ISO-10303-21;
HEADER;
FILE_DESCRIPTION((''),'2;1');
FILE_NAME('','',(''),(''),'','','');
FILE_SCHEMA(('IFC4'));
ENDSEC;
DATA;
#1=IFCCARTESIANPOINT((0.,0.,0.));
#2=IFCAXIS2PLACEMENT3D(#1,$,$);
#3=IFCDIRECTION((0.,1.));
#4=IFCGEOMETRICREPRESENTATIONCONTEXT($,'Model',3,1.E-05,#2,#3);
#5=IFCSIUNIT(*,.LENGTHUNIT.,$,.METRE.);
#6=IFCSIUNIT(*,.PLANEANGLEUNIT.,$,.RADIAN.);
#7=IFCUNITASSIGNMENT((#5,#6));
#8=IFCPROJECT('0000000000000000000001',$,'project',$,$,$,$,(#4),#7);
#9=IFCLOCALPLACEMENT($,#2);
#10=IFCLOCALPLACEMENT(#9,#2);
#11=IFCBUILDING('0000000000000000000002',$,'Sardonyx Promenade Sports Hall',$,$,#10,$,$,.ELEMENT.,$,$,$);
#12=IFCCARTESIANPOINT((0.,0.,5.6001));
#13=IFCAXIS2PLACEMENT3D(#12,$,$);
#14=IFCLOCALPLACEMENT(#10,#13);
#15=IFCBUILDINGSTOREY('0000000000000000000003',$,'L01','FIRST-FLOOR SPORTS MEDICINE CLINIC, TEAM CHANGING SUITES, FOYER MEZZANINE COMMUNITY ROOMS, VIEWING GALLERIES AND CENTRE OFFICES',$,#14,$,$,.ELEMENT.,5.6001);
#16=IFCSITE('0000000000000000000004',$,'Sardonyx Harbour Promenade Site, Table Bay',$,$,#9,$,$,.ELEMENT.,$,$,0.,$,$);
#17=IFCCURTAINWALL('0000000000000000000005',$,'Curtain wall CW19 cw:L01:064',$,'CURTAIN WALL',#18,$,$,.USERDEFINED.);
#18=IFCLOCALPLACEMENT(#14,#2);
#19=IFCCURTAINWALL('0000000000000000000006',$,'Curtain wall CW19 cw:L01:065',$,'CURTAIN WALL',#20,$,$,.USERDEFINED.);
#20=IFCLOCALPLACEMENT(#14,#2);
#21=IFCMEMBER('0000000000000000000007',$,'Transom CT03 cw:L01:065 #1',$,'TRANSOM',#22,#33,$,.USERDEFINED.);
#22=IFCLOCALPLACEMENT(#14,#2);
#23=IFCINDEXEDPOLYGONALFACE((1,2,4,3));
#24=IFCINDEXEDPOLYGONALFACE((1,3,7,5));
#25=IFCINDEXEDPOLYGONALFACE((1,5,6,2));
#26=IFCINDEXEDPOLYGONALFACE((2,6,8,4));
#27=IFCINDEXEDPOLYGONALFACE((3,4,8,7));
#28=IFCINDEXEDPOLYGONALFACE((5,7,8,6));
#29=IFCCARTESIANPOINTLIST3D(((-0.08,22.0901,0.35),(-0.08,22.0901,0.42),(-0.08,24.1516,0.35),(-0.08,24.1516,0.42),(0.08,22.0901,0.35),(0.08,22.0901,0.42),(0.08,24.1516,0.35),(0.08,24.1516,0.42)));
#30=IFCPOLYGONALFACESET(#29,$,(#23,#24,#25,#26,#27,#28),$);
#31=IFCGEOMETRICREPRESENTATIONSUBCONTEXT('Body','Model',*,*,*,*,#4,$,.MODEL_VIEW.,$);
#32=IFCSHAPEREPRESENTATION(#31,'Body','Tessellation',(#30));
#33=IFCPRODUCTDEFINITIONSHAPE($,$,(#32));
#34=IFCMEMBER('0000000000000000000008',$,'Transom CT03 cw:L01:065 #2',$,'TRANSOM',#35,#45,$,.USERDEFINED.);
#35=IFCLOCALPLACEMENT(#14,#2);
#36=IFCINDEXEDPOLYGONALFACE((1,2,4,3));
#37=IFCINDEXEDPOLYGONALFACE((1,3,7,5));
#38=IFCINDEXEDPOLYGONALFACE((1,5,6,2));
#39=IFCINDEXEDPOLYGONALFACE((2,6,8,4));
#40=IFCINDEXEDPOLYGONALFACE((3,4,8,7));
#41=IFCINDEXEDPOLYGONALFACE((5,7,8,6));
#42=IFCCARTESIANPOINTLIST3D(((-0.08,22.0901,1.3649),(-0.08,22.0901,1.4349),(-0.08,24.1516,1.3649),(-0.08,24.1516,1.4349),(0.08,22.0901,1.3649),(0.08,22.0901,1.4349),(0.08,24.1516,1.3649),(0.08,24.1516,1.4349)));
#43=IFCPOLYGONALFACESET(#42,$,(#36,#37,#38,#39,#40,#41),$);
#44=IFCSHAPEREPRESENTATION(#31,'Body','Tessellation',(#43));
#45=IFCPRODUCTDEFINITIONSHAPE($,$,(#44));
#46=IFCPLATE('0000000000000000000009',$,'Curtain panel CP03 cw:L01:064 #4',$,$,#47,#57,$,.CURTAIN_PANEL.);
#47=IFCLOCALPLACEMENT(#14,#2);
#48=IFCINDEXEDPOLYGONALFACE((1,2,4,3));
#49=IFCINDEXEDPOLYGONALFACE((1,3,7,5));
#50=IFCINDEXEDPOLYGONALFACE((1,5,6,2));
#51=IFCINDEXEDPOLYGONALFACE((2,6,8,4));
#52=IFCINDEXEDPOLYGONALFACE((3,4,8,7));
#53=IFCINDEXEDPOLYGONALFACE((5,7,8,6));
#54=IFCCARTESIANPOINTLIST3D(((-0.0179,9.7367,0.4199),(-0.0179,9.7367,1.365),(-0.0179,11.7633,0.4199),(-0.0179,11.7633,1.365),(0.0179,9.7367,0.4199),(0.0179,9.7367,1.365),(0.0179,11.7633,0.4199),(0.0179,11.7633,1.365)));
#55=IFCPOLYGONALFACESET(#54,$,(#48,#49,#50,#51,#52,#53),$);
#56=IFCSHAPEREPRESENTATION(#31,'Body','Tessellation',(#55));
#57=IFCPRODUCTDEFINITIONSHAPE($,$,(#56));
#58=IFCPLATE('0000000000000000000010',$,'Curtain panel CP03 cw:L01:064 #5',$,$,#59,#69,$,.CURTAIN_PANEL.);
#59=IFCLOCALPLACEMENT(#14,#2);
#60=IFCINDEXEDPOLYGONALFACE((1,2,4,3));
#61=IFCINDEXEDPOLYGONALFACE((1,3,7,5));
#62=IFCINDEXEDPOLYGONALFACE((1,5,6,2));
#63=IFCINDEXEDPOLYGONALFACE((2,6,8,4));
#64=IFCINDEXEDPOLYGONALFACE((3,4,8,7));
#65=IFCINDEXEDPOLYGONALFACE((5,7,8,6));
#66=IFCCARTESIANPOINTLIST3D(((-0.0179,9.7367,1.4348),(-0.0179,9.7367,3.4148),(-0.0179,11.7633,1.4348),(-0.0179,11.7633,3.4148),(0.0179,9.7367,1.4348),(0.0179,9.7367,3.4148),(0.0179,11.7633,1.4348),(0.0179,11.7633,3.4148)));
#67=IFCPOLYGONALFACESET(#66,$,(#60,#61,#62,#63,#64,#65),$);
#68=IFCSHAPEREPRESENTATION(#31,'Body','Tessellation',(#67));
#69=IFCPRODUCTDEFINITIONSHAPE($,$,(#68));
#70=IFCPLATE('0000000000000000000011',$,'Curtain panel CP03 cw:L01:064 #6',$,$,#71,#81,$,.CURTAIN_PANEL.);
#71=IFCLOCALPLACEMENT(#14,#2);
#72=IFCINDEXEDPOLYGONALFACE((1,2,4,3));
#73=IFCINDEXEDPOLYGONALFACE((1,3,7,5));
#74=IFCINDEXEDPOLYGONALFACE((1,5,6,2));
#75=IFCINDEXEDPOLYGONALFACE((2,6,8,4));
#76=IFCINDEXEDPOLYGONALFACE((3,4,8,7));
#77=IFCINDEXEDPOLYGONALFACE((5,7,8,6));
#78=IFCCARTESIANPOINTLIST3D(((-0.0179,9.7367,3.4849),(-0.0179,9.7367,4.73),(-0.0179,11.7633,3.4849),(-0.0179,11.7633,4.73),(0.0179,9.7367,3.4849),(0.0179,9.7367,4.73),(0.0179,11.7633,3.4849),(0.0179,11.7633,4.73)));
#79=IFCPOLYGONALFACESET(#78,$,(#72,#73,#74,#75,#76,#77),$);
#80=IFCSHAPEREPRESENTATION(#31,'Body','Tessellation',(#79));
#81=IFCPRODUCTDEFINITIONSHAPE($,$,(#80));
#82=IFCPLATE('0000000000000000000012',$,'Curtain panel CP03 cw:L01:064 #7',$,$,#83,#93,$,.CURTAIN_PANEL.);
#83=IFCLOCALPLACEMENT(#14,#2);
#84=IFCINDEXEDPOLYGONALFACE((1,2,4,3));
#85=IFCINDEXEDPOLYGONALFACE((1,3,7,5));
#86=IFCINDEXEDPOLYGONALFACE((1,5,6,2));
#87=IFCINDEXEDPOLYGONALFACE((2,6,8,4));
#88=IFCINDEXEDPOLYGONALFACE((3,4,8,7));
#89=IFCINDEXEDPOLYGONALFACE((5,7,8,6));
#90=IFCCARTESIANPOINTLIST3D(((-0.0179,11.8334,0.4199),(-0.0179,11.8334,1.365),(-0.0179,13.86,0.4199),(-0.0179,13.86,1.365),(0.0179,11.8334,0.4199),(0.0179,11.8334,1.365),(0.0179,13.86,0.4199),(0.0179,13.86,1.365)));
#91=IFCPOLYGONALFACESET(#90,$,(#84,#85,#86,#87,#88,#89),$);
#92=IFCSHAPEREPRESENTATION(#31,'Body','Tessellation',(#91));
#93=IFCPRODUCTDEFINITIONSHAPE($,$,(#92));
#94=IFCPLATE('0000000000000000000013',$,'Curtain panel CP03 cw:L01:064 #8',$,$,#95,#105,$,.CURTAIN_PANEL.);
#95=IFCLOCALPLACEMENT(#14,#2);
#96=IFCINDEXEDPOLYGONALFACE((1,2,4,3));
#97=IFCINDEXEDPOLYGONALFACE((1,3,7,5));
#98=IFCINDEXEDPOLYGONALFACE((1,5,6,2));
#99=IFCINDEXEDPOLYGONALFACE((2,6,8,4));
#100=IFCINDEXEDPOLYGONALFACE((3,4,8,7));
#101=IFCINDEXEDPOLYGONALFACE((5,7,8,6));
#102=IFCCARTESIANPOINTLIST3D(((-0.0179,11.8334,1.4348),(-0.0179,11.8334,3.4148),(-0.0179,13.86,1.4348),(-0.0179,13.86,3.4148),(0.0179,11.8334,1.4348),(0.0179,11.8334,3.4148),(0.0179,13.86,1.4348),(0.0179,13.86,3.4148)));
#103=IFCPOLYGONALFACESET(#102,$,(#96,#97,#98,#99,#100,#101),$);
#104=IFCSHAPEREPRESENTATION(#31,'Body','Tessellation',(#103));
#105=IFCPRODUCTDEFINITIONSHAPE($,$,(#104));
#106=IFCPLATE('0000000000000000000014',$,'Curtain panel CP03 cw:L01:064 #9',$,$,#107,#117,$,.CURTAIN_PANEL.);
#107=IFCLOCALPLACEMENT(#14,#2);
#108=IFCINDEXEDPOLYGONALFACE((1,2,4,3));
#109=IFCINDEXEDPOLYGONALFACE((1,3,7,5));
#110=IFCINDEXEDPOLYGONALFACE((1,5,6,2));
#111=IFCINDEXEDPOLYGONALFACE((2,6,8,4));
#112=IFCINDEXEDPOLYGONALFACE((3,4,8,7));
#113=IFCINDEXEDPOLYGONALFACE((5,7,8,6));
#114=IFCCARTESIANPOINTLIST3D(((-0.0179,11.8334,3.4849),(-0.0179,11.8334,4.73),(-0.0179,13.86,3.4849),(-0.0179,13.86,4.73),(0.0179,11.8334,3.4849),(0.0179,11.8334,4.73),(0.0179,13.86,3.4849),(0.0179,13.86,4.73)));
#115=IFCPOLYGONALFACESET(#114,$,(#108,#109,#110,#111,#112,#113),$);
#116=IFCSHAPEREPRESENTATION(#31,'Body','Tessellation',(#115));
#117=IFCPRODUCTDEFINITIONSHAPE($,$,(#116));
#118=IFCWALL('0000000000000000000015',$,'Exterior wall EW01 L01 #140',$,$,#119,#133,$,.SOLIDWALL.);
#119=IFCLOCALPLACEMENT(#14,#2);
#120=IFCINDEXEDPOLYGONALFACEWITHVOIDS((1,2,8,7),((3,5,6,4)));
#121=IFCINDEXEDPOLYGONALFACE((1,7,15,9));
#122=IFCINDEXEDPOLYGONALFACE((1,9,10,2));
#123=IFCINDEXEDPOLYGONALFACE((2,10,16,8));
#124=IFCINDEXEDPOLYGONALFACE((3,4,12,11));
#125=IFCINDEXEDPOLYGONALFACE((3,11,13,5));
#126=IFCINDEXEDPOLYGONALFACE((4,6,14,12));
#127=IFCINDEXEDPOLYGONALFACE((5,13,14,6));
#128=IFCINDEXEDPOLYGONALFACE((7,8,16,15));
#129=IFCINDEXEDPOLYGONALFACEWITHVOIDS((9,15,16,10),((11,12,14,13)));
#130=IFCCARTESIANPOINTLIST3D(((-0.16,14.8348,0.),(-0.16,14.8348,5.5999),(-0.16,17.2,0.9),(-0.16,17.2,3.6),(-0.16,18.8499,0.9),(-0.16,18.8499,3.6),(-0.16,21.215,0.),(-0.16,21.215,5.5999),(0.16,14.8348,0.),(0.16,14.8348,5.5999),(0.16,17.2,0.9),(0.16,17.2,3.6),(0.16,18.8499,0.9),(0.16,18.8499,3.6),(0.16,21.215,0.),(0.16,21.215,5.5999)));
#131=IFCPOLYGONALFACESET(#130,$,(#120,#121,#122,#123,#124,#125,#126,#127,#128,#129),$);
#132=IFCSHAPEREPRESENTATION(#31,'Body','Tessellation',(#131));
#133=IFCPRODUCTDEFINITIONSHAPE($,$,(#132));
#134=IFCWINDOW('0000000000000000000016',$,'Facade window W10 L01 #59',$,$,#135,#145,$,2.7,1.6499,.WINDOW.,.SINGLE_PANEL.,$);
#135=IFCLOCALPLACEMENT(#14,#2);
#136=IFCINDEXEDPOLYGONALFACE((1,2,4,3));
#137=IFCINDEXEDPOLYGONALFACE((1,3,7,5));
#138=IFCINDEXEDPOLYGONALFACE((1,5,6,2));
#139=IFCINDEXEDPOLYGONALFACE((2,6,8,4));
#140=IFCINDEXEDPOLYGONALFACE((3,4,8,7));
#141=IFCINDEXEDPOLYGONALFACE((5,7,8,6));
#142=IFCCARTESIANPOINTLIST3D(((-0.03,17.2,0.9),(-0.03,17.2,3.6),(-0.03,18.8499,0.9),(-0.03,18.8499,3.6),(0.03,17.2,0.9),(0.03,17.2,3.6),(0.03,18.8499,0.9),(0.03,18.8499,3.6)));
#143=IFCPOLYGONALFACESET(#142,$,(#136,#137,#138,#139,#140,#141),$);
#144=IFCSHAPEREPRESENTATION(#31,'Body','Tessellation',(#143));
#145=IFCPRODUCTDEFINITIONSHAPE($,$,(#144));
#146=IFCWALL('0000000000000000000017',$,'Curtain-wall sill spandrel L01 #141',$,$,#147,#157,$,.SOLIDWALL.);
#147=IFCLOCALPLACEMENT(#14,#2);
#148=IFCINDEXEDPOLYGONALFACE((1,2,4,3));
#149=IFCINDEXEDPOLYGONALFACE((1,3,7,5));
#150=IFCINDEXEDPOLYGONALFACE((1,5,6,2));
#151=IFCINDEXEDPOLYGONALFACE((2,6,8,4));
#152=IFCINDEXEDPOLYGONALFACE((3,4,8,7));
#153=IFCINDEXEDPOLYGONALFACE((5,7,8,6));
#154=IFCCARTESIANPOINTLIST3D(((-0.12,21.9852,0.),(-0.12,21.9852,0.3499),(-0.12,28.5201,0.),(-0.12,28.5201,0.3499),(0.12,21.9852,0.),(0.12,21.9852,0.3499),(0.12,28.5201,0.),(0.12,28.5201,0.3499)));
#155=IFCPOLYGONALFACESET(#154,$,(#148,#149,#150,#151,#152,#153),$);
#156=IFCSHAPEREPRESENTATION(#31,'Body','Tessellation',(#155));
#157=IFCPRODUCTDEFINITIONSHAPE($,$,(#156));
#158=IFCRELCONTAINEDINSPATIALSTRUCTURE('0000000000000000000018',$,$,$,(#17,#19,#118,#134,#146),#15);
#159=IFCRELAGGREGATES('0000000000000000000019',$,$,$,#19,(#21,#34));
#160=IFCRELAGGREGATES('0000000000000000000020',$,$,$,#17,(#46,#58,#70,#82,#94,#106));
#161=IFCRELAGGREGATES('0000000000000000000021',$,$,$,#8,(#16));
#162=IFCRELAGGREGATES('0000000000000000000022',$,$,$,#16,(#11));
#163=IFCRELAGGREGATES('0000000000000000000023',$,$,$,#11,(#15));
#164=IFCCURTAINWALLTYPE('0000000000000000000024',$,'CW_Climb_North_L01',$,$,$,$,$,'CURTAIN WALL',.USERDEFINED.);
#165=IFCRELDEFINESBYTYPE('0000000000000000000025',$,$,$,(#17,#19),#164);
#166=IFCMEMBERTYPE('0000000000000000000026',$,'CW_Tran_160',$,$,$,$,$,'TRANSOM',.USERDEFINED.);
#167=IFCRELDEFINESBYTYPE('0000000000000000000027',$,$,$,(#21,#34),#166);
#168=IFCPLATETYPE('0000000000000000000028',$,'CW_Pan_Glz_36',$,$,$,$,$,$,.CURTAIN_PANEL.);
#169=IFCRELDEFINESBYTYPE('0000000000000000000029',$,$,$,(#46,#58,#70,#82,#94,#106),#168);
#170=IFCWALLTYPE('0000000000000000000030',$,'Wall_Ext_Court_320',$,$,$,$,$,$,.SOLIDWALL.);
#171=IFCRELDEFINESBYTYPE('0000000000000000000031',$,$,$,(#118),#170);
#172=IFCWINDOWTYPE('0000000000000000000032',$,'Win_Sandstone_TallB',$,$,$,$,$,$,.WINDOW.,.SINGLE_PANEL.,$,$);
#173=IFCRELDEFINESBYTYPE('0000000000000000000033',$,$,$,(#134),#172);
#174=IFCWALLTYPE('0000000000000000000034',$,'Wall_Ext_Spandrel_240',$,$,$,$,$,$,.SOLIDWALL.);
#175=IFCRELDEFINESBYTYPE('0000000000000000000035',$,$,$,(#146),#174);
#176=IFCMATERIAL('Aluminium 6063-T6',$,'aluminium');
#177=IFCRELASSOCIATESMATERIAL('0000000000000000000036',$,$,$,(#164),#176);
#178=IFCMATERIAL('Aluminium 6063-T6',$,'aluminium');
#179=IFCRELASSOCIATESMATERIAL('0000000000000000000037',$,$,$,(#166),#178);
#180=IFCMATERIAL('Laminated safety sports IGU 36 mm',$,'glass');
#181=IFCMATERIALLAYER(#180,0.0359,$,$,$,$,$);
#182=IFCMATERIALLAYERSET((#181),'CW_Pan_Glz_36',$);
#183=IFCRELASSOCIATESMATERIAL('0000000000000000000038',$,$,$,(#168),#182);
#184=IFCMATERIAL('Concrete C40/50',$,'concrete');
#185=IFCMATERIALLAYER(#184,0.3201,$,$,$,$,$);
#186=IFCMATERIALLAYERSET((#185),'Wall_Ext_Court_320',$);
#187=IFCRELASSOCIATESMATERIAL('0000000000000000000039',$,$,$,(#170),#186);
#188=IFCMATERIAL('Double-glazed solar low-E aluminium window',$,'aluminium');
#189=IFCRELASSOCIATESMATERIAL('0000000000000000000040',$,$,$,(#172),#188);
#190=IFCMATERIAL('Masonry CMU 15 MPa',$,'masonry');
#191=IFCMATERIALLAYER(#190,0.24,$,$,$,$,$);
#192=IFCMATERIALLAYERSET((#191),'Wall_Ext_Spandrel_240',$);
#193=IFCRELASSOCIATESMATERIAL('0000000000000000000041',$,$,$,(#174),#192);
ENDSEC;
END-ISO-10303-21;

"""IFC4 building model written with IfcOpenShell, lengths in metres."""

from ifc_helpers import new_model, si_unit, direction, frame, frame_2d, origin, origin_2d, place, context, subcontext, project, spatial, rectangle, extrude, material, layer, layer_set, material_profile, profile_set, type_object, element, fill, aggregate, save


model = new_model("IFC4")

# Units and contexts
model_context = context("Model", 3, precision=1e-05, world=origin(), true_north=direction((0.0, 1.0)))
body_context = subcontext(model_context, "Body", "Model", "MODEL_VIEW")
ifc_project = project(units=[si_unit("LENGTHUNIT", "METRE"), si_unit("PLANEANGLEUNIT", "RADIAN")], contexts=[model_context])

# Site, building, storey
site_placement = place(None, origin())
site = spatial("IfcSite", under=ifc_project, at=site_placement, Name="Sardonyx Harbour Promenade Site, Table Bay", CompositionType="ELEMENT", RefElevation=0.0)
building_placement = place(site_placement, origin())
building = spatial("IfcBuilding", under=site, at=building_placement, Name="Sardonyx Promenade Sports Hall", CompositionType="ELEMENT")
storey_placement = place(building_placement, frame((0.0, 0.0, 5.6001)))
storey = spatial("IfcBuildingStorey", under=building, at=storey_placement, Name="L01", Description="FIRST-FLOOR SPORTS MEDICINE CLINIC, TEAM CHANGING SUITES, FOYER MEZZANINE COMMUNITY ROOMS, VIEWING GALLERIES AND CENTRE OFFICES", CompositionType="ELEMENT", Elevation=5.6001)

# Curtain wall
ifc_material_1 = material(Name="Aluminium 6063-T6", Category="aluminium")
curtain_wall_type = type_object("IfcCurtainWallType", Name="CW_Climb_North_L01", ElementType="CURTAIN WALL", PredefinedType="USERDEFINED", material=ifc_material_1)
curtain_wall_1_placement = place(storey_placement, origin())
curtain_wall_1 = element("IfcCurtainWall", 1, at=curtain_wall_1_placement, inside=storey, type_object=curtain_wall_type, Name="Curtain wall CW19 cw:L01:064", ObjectType="CURTAIN WALL", PredefinedType="USERDEFINED")

# Curtain wall
curtain_wall_2_placement = place(storey_placement, origin())
curtain_wall_2 = element("IfcCurtainWall", 2, at=curtain_wall_2_placement, inside=storey, type_object=curtain_wall_type, Name="Curtain wall CW19 cw:L01:065", ObjectType="CURTAIN WALL", PredefinedType="USERDEFINED")

# Members
ifc_material_2 = material(Name="Aluminium 6063-T6", Category="aluminium")
ifc_material_profile_1 = material_profile(ifc_material_2, rectangle(XDim=0.0701, YDim=0.1599, at=origin_2d()))
ifc_profile_set_1 = profile_set([ifc_material_profile_1], Name="Aluminium 6063-T6")
member_type_1 = type_object("IfcMemberType", Name="CW_Tran_160", ElementType="TRANSOM", PredefinedType="USERDEFINED", material=ifc_profile_set_1)
member_1_placement = place(storey_placement, frame((0.0, 22.0901, 0.385), z_axis=(0.0, 1.0, 0.0), x_axis=(0.0, 0.0, 1.0)))
member_1 = element("IfcMember", 3, at=member_1_placement, type_object=member_type_1, Name="Transom CT03 cw:L01:065 #1", ObjectType="TRANSOM", PredefinedType="USERDEFINED", context=body_context, shape_type="SweptSolid", body=[
    extrude(rectangle(XDim=0.0701, YDim=0.1599, at=origin_2d()), origin(), (0.0, 0.0, 1.0), 2.0615),
])
member_2_placement = place(storey_placement, frame((0.0, 22.0901, 1.3999), z_axis=(0.0, 1.0, 0.0), x_axis=(0.0, 0.0, 1.0)))
member_2 = element("IfcMember", 4, at=member_2_placement, type_object=member_type_1, Name="Transom CT03 cw:L01:065 #2", ObjectType="TRANSOM", PredefinedType="USERDEFINED", context=body_context, shape_type="SweptSolid", body=[
    extrude(rectangle(XDim=0.0701, YDim=0.1599, at=origin_2d()), origin(), (0.0, 0.0, 1.0), 2.0615),
])
aggregate(curtain_wall_2, [member_1, member_2])

# Plates
ifc_material_3 = material(Name="Laminated safety sports IGU 36 mm", Category="glass")
ifc_layer_1 = layer(ifc_material_3, 0.0359)
ifc_layer_set_1 = layer_set([ifc_layer_1], Name="CW_Pan_Glz_36")
plate_type = type_object("IfcPlateType", Name="CW_Pan_Glz_36", PredefinedType="CURTAIN_PANEL", material=ifc_layer_set_1)
plate_1_placement = place(storey_placement, frame((0.0, 10.75, 0.4199), z_axis=(0.0, 0.0, 1.0), x_axis=(0.0, 1.0, 0.0)))
plate_1 = element("IfcPlate", 5, at=plate_1_placement, type_object=plate_type, Name="Curtain panel CP03 cw:L01:064 #4", PredefinedType="CURTAIN_PANEL", context=body_context, shape_type="SweptSolid", body=[
    extrude(rectangle(XDim=2.0266, YDim=0.0359, at=origin_2d()), origin(), (0.0, 0.0, 1.0), 0.9451),
])
plate_2_placement = place(storey_placement, frame((0.0, 10.75, 1.4348), z_axis=(0.0, 0.0, 1.0), x_axis=(0.0, 1.0, 0.0)))
plate_2 = element("IfcPlate", 6, at=plate_2_placement, type_object=plate_type, Name="Curtain panel CP03 cw:L01:064 #5", PredefinedType="CURTAIN_PANEL", context=body_context, shape_type="SweptSolid", body=[
    extrude(rectangle(XDim=2.0266, YDim=0.0359, at=origin_2d()), origin(), (0.0, 0.0, 1.0), 1.98),
])
plate_3_placement = place(storey_placement, frame((0.0, 10.75, 3.4849), z_axis=(0.0, 0.0, 1.0), x_axis=(0.0, 1.0, 0.0)))
plate_3 = element("IfcPlate", 7, at=plate_3_placement, type_object=plate_type, Name="Curtain panel CP03 cw:L01:064 #6", PredefinedType="CURTAIN_PANEL", context=body_context, shape_type="SweptSolid", body=[
    extrude(rectangle(XDim=2.0266, YDim=0.0359, at=origin_2d()), origin(), (0.0, 0.0, 1.0), 1.2451),
])
plate_4_placement = place(storey_placement, frame((0.0, 12.8467, 0.4199), z_axis=(0.0, 0.0, 1.0), x_axis=(0.0, 1.0, 0.0)))
plate_4 = element("IfcPlate", 8, at=plate_4_placement, type_object=plate_type, Name="Curtain panel CP03 cw:L01:064 #7", PredefinedType="CURTAIN_PANEL", context=body_context, shape_type="SweptSolid", body=[
    extrude(rectangle(XDim=2.0266, YDim=0.0359, at=origin_2d()), origin(), (0.0, 0.0, 1.0), 0.9451),
])
plate_5_placement = place(storey_placement, frame((0.0, 12.8467, 1.4348), z_axis=(0.0, 0.0, 1.0), x_axis=(0.0, 1.0, 0.0)))
plate_5 = element("IfcPlate", 9, at=plate_5_placement, type_object=plate_type, Name="Curtain panel CP03 cw:L01:064 #8", PredefinedType="CURTAIN_PANEL", context=body_context, shape_type="SweptSolid", body=[
    extrude(rectangle(XDim=2.0266, YDim=0.0359, at=origin_2d()), origin(), (0.0, 0.0, 1.0), 1.98),
])
plate_6_placement = place(storey_placement, frame((0.0, 12.8467, 3.4849), z_axis=(0.0, 0.0, 1.0), x_axis=(0.0, 1.0, 0.0)))
plate_6 = element("IfcPlate", 10, at=plate_6_placement, type_object=plate_type, Name="Curtain panel CP03 cw:L01:064 #9", PredefinedType="CURTAIN_PANEL", context=body_context, shape_type="SweptSolid", body=[
    extrude(rectangle(XDim=2.0266, YDim=0.0359, at=origin_2d()), origin(), (0.0, 0.0, 1.0), 1.2451),
])
aggregate(curtain_wall_1, [plate_1, plate_2, plate_3, plate_4, plate_5, plate_6])

# Wall, opening, window
ifc_material_4 = material(Name="Concrete C40/50", Category="concrete")
ifc_layer_2 = layer(ifc_material_4, 0.3201)
ifc_layer_set_2 = layer_set([ifc_layer_2], Name="Wall_Ext_Court_320")
wall_type_1 = type_object("IfcWallType", Name="Wall_Ext_Court_320", PredefinedType="SOLIDWALL", material=ifc_layer_set_2)
wall_1_placement = place(storey_placement, frame((0.0, 14.835, 0.0), z_axis=(0.0, 0.0, 1.0), x_axis=(0.0, 1.0, 0.0)))
wall_1 = element("IfcWall", 11, at=wall_1_placement, inside=storey, type_object=wall_type_1, Name="Exterior wall EW01 L01 #140", PredefinedType="SOLIDWALL", context=body_context, shape_type="SweptSolid", body=[
    extrude(rectangle(XDim=6.3801, YDim=0.3201, at=frame_2d((3.1899, 0.0))), origin(), (0.0, 0.0, 1.0), 5.5999),
])
opening_placement = place(wall_1_placement, frame((2.365, 0.0, 0.8999)))
opening = element("IfcOpeningElement", 12, at=opening_placement, cuts=wall_1, PredefinedType="OPENING", context=body_context, shape_type="SweptSolid", body=[
    extrude(rectangle(XDim=1.6499, YDim=2.7, at=frame_2d((0.825, 1.3501))), frame((0.0, 0.17, 0.0), z_axis=(0.0, -1.0, 0.0), x_axis=(1.0, 0.0, 0.0)), (0.0, 0.0, 1.0), 0.34),
])
ifc_material_5 = material(Name="Double-glazed solar low-E aluminium window", Category="aluminium")
window_type = type_object("IfcWindowType", Name="Win_Sandstone_TallB", PartitioningType="SINGLE_PANEL", PredefinedType="WINDOW", material=ifc_material_5)
window_placement = place(opening_placement, origin())
window = element("IfcWindow", 13, at=window_placement, inside=storey, type_object=window_type, Name="Facade window W10 L01 #59", OverallHeight=2.7, OverallWidth=1.6499, PartitioningType="SINGLE_PANEL", PredefinedType="WINDOW", context=body_context, shape_type="SweptSolid", body=[
    extrude(rectangle(XDim=1.6499, YDim=2.7, at=frame_2d((0.825, 1.3501))), frame((0.0, 0.03, 0.0), z_axis=(0.0, -1.0, 0.0), x_axis=(1.0, 0.0, 0.0)), (0.0, 0.0, 1.0), 0.0601),
])
fill(opening, window)

# Wall
ifc_material_6 = material(Name="Masonry CMU 15 MPa", Category="masonry")
ifc_layer_3 = layer(ifc_material_6, 0.24)
ifc_layer_set_3 = layer_set([ifc_layer_3], Name="Wall_Ext_Spandrel_240")
wall_type_2 = type_object("IfcWallType", Name="Wall_Ext_Spandrel_240", PredefinedType="SOLIDWALL", material=ifc_layer_set_3)
wall_2_placement = place(storey_placement, frame((0.0, 21.9851, 0.0), z_axis=(0.0, 0.0, 1.0), x_axis=(0.0, 1.0, 0.0)))
element("IfcWall", 14, at=wall_2_placement, inside=storey, type_object=wall_type_2, Name="Curtain-wall sill spandrel L01 #141", PredefinedType="SOLIDWALL", context=body_context, shape_type="SweptSolid", body=[
    extrude(rectangle(XDim=6.5349, YDim=0.24, at=frame_2d((3.2676, 0.0))), origin(), (0.0, 0.0, 1.0), 0.3499),
])

save(model, "model.ifc")
